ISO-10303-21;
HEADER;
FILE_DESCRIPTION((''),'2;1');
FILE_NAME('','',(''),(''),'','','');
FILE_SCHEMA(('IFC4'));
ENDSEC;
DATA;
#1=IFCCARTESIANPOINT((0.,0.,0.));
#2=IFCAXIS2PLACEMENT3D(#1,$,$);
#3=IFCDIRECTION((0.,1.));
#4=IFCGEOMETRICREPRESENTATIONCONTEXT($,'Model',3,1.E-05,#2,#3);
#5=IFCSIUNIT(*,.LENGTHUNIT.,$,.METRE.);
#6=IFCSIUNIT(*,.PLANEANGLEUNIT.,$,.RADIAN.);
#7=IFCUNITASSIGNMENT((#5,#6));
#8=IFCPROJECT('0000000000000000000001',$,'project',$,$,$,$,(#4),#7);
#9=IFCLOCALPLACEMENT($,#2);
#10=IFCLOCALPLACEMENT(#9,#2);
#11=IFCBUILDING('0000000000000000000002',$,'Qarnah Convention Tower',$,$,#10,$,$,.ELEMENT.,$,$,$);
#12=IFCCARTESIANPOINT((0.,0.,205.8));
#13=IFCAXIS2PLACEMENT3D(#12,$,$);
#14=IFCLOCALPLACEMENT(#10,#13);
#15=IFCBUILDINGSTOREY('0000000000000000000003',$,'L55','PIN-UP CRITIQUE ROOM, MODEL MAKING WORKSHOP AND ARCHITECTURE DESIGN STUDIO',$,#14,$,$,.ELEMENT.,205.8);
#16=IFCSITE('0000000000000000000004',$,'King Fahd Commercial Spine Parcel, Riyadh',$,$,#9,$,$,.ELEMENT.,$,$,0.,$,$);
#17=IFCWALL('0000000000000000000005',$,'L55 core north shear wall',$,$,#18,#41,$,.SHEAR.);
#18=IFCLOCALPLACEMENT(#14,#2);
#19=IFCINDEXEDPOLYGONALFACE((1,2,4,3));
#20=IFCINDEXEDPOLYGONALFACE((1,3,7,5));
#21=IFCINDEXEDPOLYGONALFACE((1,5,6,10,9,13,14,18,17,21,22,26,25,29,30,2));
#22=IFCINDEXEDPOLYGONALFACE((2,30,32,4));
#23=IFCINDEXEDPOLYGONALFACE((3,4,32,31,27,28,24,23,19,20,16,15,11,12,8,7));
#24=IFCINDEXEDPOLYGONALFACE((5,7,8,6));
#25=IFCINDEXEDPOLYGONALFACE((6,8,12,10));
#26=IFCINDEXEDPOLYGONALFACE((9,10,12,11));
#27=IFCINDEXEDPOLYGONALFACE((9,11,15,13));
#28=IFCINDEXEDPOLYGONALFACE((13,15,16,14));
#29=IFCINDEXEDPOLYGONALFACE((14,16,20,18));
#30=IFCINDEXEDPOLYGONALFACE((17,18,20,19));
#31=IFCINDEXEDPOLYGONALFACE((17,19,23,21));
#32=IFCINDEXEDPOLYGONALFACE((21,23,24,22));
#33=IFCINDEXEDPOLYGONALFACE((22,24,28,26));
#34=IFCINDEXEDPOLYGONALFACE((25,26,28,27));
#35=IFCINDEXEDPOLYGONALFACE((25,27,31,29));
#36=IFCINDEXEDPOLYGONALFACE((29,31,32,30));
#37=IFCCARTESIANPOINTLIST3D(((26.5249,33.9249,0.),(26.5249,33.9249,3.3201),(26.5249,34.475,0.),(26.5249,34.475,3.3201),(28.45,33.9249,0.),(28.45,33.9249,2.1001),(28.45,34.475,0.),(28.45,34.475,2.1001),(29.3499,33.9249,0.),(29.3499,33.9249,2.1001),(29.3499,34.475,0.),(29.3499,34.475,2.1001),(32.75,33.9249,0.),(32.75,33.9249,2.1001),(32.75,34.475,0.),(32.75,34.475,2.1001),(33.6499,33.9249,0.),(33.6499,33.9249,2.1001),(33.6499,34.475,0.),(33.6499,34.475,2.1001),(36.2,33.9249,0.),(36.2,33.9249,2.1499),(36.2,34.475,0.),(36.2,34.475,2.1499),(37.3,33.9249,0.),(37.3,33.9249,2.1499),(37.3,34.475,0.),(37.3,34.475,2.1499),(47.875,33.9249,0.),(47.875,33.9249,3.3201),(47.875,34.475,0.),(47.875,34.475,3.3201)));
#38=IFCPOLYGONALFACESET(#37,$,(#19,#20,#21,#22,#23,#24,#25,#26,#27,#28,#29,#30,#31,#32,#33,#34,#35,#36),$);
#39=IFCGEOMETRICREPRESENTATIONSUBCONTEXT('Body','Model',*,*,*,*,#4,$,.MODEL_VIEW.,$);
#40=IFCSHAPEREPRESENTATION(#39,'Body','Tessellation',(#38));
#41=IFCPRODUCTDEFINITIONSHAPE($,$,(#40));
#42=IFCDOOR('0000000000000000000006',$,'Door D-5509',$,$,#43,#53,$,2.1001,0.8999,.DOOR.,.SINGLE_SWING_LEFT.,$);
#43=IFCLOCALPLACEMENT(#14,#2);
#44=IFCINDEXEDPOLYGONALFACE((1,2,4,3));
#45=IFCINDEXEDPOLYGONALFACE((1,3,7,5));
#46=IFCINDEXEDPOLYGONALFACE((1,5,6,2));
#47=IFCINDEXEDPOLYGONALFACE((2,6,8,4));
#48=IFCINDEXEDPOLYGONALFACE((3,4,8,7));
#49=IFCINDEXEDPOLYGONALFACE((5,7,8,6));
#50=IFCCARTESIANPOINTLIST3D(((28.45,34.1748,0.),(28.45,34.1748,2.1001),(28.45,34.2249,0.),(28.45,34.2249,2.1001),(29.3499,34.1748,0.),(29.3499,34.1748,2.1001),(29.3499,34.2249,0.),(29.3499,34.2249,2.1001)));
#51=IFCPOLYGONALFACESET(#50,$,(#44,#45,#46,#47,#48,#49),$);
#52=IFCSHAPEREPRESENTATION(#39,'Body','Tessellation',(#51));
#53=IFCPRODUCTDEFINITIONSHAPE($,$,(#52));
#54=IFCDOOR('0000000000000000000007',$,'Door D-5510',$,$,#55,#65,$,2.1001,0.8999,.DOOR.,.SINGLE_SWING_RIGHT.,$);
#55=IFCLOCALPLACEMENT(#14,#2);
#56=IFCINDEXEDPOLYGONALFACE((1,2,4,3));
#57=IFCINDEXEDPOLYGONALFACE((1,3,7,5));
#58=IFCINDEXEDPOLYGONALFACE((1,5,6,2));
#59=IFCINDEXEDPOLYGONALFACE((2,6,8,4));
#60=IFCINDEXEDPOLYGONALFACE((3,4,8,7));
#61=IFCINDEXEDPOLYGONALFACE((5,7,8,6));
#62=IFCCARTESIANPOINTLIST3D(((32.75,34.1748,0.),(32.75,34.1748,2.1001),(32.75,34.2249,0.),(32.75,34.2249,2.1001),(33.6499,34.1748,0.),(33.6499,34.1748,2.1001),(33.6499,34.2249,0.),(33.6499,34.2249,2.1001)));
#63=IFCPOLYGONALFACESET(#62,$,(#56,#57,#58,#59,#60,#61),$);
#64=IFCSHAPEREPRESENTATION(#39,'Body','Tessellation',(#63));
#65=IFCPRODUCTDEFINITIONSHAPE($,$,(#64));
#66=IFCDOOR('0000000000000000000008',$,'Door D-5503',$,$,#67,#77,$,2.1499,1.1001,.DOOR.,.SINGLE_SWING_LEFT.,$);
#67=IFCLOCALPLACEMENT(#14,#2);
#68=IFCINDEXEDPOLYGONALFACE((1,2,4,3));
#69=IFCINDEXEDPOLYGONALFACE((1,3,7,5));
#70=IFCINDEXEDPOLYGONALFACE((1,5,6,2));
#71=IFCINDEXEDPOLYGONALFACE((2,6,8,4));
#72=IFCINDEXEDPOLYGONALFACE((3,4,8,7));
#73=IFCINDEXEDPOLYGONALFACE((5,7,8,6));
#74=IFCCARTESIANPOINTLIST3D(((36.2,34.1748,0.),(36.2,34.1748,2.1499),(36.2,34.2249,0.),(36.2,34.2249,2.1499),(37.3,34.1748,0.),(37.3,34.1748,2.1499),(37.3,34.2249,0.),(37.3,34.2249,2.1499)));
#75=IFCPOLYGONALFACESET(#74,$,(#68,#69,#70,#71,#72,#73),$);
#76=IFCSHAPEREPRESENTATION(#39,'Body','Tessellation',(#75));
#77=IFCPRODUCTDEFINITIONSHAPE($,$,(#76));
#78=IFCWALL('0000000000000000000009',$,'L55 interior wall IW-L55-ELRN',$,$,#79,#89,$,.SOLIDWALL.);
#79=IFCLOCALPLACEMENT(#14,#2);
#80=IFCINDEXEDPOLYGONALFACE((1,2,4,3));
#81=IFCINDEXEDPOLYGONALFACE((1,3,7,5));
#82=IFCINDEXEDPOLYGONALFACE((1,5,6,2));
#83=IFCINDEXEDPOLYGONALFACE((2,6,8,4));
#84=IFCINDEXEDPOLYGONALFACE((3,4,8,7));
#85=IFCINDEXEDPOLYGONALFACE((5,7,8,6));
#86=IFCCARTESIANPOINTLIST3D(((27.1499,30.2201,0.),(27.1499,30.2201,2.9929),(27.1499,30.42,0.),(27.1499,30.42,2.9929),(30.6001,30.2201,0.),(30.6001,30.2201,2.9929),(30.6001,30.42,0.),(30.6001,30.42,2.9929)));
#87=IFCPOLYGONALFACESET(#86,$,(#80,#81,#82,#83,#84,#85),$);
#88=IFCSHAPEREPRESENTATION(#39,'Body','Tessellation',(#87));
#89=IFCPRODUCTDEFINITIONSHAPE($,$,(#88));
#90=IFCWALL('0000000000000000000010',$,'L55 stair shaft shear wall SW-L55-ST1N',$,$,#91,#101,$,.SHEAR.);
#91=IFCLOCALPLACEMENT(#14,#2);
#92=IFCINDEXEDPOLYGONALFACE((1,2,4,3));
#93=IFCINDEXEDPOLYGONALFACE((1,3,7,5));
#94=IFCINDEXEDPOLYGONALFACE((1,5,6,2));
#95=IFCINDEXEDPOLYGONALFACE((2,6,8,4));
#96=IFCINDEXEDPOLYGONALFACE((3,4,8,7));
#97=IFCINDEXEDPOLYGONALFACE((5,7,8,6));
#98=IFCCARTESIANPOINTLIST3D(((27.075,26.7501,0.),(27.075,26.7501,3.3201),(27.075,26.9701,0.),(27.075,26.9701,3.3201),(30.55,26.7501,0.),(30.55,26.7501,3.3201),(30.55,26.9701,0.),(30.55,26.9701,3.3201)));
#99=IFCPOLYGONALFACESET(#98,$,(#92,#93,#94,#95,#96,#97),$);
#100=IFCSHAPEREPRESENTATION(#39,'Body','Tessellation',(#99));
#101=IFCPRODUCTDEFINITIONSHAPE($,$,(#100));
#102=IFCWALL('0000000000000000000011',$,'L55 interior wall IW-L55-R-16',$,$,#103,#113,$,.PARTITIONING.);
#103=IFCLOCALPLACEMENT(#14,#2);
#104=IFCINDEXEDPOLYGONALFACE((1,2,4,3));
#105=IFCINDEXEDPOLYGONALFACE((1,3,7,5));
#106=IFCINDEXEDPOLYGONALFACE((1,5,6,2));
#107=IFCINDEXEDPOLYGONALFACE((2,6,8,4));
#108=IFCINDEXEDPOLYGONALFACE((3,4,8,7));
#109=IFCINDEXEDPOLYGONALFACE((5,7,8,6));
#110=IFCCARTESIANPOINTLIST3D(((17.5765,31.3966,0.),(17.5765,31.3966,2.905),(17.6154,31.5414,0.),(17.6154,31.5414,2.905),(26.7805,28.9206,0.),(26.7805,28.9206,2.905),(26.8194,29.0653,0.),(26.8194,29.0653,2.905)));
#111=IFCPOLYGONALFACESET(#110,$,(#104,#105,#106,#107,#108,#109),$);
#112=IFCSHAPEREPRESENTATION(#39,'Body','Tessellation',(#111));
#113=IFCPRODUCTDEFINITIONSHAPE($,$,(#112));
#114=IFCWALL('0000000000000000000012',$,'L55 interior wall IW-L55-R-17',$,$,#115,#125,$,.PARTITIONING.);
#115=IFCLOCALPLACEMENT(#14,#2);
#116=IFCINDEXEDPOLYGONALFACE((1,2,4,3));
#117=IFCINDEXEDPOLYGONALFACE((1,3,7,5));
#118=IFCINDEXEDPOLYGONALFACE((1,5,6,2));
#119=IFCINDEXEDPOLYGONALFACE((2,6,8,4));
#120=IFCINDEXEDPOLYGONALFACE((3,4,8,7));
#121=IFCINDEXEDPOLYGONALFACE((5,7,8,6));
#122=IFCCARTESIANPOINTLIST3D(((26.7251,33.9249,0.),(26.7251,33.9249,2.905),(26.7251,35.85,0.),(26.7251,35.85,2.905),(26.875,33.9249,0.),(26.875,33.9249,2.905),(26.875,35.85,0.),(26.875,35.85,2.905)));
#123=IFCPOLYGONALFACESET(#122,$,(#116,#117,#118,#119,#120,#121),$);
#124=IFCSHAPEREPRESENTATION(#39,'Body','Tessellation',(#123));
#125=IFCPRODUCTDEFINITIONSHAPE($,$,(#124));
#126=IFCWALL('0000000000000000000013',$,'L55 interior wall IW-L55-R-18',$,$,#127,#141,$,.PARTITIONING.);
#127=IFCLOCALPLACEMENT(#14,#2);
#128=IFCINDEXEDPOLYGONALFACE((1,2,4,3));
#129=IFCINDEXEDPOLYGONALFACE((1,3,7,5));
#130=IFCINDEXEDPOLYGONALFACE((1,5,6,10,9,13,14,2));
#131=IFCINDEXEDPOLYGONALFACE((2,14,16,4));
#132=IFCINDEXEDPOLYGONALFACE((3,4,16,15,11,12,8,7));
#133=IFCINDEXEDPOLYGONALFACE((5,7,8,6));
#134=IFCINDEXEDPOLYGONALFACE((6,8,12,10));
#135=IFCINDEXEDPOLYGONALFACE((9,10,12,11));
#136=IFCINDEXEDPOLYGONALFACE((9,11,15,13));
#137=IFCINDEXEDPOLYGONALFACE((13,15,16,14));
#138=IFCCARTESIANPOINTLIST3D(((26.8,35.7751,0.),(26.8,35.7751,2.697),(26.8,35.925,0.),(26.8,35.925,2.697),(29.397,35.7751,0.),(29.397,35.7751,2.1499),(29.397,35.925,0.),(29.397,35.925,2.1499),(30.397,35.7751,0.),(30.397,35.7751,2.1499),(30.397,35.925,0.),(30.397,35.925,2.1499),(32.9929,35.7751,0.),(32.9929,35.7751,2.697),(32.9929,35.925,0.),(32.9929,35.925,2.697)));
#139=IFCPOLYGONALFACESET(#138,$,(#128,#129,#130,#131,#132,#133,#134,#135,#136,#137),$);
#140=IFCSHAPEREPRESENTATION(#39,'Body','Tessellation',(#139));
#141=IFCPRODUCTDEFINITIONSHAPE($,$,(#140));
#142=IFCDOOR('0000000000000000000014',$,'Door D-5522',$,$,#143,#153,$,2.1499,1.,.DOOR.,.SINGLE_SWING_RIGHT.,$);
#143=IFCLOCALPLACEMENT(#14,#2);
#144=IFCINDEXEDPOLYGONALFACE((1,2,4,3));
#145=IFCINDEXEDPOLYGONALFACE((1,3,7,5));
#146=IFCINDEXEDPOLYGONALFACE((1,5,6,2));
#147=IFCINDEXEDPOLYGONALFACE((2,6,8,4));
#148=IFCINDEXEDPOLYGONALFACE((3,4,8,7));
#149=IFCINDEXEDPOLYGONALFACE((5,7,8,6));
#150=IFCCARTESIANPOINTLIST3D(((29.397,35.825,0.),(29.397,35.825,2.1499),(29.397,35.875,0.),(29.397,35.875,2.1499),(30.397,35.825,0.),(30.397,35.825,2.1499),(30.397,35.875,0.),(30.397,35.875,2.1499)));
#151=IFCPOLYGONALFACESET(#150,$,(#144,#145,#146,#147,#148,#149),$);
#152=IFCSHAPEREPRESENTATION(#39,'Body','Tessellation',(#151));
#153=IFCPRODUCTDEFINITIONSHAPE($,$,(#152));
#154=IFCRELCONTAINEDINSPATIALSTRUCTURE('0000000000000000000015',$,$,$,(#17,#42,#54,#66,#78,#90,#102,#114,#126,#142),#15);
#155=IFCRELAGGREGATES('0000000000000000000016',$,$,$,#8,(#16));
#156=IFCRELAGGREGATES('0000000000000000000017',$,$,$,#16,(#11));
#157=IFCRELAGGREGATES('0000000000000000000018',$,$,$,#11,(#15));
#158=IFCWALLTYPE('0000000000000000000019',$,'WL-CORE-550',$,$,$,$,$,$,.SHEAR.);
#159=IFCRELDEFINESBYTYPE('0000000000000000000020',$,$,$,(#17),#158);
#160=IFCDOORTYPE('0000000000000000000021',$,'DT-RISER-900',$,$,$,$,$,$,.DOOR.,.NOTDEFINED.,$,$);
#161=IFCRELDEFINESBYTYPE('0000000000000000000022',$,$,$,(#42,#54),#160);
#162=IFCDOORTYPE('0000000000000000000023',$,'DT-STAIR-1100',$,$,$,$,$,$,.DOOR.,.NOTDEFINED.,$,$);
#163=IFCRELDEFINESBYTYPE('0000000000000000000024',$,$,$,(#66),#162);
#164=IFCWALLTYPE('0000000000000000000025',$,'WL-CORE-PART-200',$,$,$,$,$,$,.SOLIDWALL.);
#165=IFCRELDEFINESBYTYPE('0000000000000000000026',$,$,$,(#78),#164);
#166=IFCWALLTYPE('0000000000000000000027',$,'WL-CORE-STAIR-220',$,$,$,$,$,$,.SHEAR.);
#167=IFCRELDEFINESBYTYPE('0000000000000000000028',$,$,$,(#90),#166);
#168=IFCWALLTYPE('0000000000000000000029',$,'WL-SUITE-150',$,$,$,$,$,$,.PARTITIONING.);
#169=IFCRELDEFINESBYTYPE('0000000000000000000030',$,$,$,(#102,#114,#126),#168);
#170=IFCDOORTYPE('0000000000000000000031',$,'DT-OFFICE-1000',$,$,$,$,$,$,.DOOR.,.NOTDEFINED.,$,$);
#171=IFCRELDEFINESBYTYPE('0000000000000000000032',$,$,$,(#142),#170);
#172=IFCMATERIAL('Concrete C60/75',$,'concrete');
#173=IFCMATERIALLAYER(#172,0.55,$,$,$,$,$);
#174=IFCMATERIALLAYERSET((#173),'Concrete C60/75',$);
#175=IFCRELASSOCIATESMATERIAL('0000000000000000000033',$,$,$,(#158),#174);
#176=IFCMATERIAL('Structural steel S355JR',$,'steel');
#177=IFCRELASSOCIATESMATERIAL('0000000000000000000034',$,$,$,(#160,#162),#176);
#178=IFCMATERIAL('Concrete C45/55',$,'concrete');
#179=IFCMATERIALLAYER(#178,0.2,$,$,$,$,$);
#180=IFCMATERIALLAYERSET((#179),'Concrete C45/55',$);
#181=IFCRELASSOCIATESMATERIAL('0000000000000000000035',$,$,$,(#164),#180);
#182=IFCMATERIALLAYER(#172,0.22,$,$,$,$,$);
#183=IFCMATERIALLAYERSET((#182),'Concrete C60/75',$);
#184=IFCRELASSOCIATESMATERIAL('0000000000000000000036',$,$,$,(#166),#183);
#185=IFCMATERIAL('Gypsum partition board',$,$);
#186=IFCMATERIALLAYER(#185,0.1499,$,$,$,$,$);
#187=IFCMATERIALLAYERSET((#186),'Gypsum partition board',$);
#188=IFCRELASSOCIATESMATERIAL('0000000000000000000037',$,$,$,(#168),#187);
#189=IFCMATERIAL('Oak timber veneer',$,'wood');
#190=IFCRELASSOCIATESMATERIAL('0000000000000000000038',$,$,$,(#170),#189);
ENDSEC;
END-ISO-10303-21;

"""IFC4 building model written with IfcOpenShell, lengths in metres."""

from ifc_helpers import new_model, si_unit, direction, frame, frame_2d, origin, place, context, subcontext, project, spatial, rectangle, extrude, material, layer, layer_set, type_object, element, fill, save


model = new_model("IFC4")

# Units and contexts
model_context = context("Model", 3, precision=1e-05, world=origin(), true_north=direction((0.0, 1.0)))
body_context = subcontext(model_context, "Body", "Model", "MODEL_VIEW")
ifc_project = project(units=[si_unit("LENGTHUNIT", "METRE"), si_unit("PLANEANGLEUNIT", "RADIAN")], contexts=[model_context])

# Site, building, storey
site_placement = place(None, origin())
site = spatial("IfcSite", under=ifc_project, at=site_placement, Name="King Fahd Commercial Spine Parcel, Riyadh", CompositionType="ELEMENT", RefElevation=0.0)
building_placement = place(site_placement, origin())
building = spatial("IfcBuilding", under=site, at=building_placement, Name="Qarnah Convention Tower", CompositionType="ELEMENT")
storey_placement = place(building_placement, frame((0.0, 0.0, 205.8)))
storey = spatial("IfcBuildingStorey", under=building, at=storey_placement, Name="L55", Description="PIN-UP CRITIQUE ROOM, MODEL MAKING WORKSHOP AND ARCHITECTURE DESIGN STUDIO", CompositionType="ELEMENT", Elevation=205.8)

# Shared definitions
ifc_material_1 = material(Name="Structural steel S355JR", Category="steel")

# Wall, openings, doors
ifc_material_2 = material(Name="Concrete C60/75", Category="concrete")
ifc_layer_1 = layer(ifc_material_2, 0.55)
ifc_layer_set_1 = layer_set([ifc_layer_1], Name="Concrete C60/75")
wall_type_1 = type_object("IfcWallType", Name="WL-CORE-550", PredefinedType="SHEAR", material=ifc_layer_set_1)
wall_1_placement = place(storey_placement, frame((26.5249, 34.2, 0.0), z_axis=(0.0, 0.0, 1.0), x_axis=(1.0, 0.0, 0.0)))
wall_1 = element("IfcWall", 1, at=wall_1_placement, inside=storey, type_object=wall_type_1, Name="L55 core north shear wall", PredefinedType="SHEAR", context=body_context, shape_type="SweptSolid", body=[
    extrude(rectangle(XDim=21.3501, YDim=0.55, at=frame_2d((10.675, 0.0))), origin(), (0.0, 0.0, 1.0), 3.3201),
])
opening_1_placement = place(wall_1_placement, frame((9.675, 0.0, 0.0)))
opening_1 = element("IfcOpeningElement", 2, at=opening_1_placement, cuts=wall_1, PredefinedType="OPENING", context=body_context, shape_type="SweptSolid", body=[
    extrude(rectangle(XDim=1.1001, YDim=2.1499, at=frame_2d((0.55, 1.075))), frame((0.0, 0.2849, 0.0), z_axis=(0.0, -1.0, 0.0), x_axis=(1.0, 0.0, 0.0)), (0.0, 0.0, 1.0), 0.5701),
])
opening_2_placement = place(wall_1_placement, frame((1.925, 0.0, 0.0)))
opening_2 = element("IfcOpeningElement", 3, at=opening_2_placement, cuts=wall_1, PredefinedType="OPENING", context=body_context, shape_type="SweptSolid", body=[
    extrude(rectangle(XDim=0.8999, YDim=2.1001, at=frame_2d((0.45, 1.05))), frame((0.0, 0.2849, 0.0), z_axis=(0.0, -1.0, 0.0), x_axis=(1.0, 0.0, 0.0)), (0.0, 0.0, 1.0), 0.5701),
])
opening_3_placement = place(wall_1_placement, frame((6.2251, 0.0, 0.0)))
opening_3 = element("IfcOpeningElement", 4, at=opening_3_placement, cuts=wall_1, PredefinedType="OPENING", context=body_context, shape_type="SweptSolid", body=[
    extrude(rectangle(XDim=0.8999, YDim=2.1001, at=frame_2d((0.45, 1.05))), frame((0.0, 0.2849, 0.0), z_axis=(0.0, -1.0, 0.0), x_axis=(1.0, 0.0, 0.0)), (0.0, 0.0, 1.0), 0.5701),
])
door_type_1 = type_object("IfcDoorType", Name="DT-RISER-900", OperationType="NOTDEFINED", PredefinedType="DOOR", material=ifc_material_1)
door_1_placement = place(opening_2_placement, origin())
door_1 = element("IfcDoor", 5, at=door_1_placement, inside=storey, type_object=door_type_1, Name="Door D-5509", OperationType="SINGLE_SWING_LEFT", OverallHeight=2.1001, OverallWidth=0.8999, PredefinedType="DOOR", context=body_context, shape_type="SweptSolid", body=[
    extrude(rectangle(XDim=0.8999, YDim=2.1001, at=frame_2d((0.45, 1.05))), frame((0.0, 0.0249, 0.0), z_axis=(0.0, -1.0, 0.0), x_axis=(1.0, 0.0, 0.0)), (0.0, 0.0, 1.0), 0.05),
])
fill(opening_2, door_1)
door_2_placement = place(opening_3_placement, origin())
door_2 = element("IfcDoor", 6, at=door_2_placement, inside=storey, type_object=door_type_1, Name="Door D-5510", OperationType="SINGLE_SWING_RIGHT", OverallHeight=2.1001, OverallWidth=0.8999, PredefinedType="DOOR", context=body_context, shape_type="SweptSolid", body=[
    extrude(rectangle(XDim=0.8999, YDim=2.1001, at=frame_2d((0.45, 1.05))), frame((0.0, 0.0249, 0.0), z_axis=(0.0, -1.0, 0.0), x_axis=(1.0, 0.0, 0.0)), (0.0, 0.0, 1.0), 0.05),
])
fill(opening_3, door_2)
door_type_2 = type_object("IfcDoorType", Name="DT-STAIR-1100", OperationType="NOTDEFINED", PredefinedType="DOOR", material=ifc_material_1)
door_3_placement = place(opening_1_placement, origin())
door_3 = element("IfcDoor", 7, at=door_3_placement, inside=storey, type_object=door_type_2, Name="Door D-5503", OperationType="SINGLE_SWING_LEFT", OverallHeight=2.1499, OverallWidth=1.1001, PredefinedType="DOOR", context=body_context, shape_type="SweptSolid", body=[
    extrude(rectangle(XDim=1.1001, YDim=2.1499, at=frame_2d((0.55, 1.075))), frame((0.0, 0.0249, 0.0), z_axis=(0.0, -1.0, 0.0), x_axis=(1.0, 0.0, 0.0)), (0.0, 0.0, 1.0), 0.05),
])
fill(opening_1, door_3)

# Walls
ifc_material_3 = material(Name="Concrete C45/55", Category="concrete")
ifc_layer_2 = layer(ifc_material_3, 0.2)
ifc_layer_set_2 = layer_set([ifc_layer_2], Name="Concrete C45/55")
wall_type_2 = type_object("IfcWallType", Name="WL-CORE-PART-200", PredefinedType="SOLIDWALL", material=ifc_layer_set_2)
wall_2_placement = place(storey_placement, frame((27.1499, 30.3201, 0.0), z_axis=(0.0, 0.0, 1.0), x_axis=(1.0, 0.0, 0.0)))
element("IfcWall", 8, at=wall_2_placement, inside=storey, type_object=wall_type_2, Name="L55 interior wall IW-L55-ELRN", PredefinedType="SOLIDWALL", context=body_context, shape_type="SweptSolid", body=[
    extrude(rectangle(XDim=3.4502, YDim=0.2, at=frame_2d((1.7251, 0.0))), origin(), (0.0, 0.0, 1.0), 2.9929),
])
ifc_layer_3 = layer(ifc_material_2, 0.22)
ifc_layer_set_3 = layer_set([ifc_layer_3], Name="Concrete C60/75")
wall_type_3 = type_object("IfcWallType", Name="WL-CORE-STAIR-220", PredefinedType="SHEAR", material=ifc_layer_set_3)
wall_3_placement = place(storey_placement, frame((27.075, 26.8601, 0.0), z_axis=(0.0, 0.0, 1.0), x_axis=(1.0, 0.0, 0.0)))
element("IfcWall", 9, at=wall_3_placement, inside=storey, type_object=wall_type_3, Name="L55 stair shaft shear wall SW-L55-ST1N", PredefinedType="SHEAR", context=body_context, shape_type="SweptSolid", body=[
    extrude(rectangle(XDim=3.4751, YDim=0.22, at=frame_2d((1.7375, 0.0))), origin(), (0.0, 0.0, 1.0), 3.3201),
])
ifc_material_4 = material(Name="Gypsum partition board")
ifc_layer_4 = layer(ifc_material_4, 0.1499)
ifc_layer_set_4 = layer_set([ifc_layer_4], Name="Gypsum partition board")
wall_type_4 = type_object("IfcWallType", Name="WL-SUITE-150", PredefinedType="PARTITIONING", material=ifc_layer_set_4)
wall_4_placement = place(storey_placement, frame((17.5959, 31.469, 0.0), z_axis=(0.0, 0.0, 1.0), x_axis=(0.965667, -0.259782, 0.0)))
element("IfcWall", 10, at=wall_4_placement, inside=storey, type_object=wall_type_4, Name="L55 interior wall IW-L55-R-16", PredefinedType="PARTITIONING", context=body_context, shape_type="SweptSolid", body=[
    extrude(rectangle(XDim=9.5312, YDim=0.1499, at=frame_2d((4.7656, 0.0))), origin(), (0.0, 0.0, 1.0), 2.905),
])
wall_5_placement = place(storey_placement, frame((26.8, 33.925, 0.0), z_axis=(0.0, 0.0, 1.0), x_axis=(0.0, 1.0, 0.0)))
element("IfcWall", 11, at=wall_5_placement, inside=storey, type_object=wall_type_4, Name="L55 interior wall IW-L55-R-17", PredefinedType="PARTITIONING", context=body_context, shape_type="SweptSolid", body=[
    extrude(rectangle(XDim=1.925, YDim=0.1499, at=frame_2d((0.9624, 0.0))), origin(), (0.0, 0.0, 1.0), 2.905),
])

# Wall, opening, door
wall_6_placement = place(storey_placement, frame((26.8, 35.8501, 0.0), z_axis=(0.0, 0.0, 1.0), x_axis=(1.0, 0.0, 0.0)))
wall_6 = element("IfcWall", 12, at=wall_6_placement, inside=storey, type_object=wall_type_4, Name="L55 interior wall IW-L55-R-18", PredefinedType="PARTITIONING", context=body_context, shape_type="SweptSolid", body=[
    extrude(rectangle(XDim=6.1929, YDim=0.1499, at=frame_2d((3.0964, 0.0))), origin(), (0.0, 0.0, 1.0), 2.697),
])
opening_4_placement = place(wall_6_placement, frame((2.5969, 0.0, 0.0)))
opening_4 = element("IfcOpeningElement", 13, at=opening_4_placement, cuts=wall_6, PredefinedType="OPENING", context=body_context, shape_type="SweptSolid", body=[
    extrude(rectangle(XDim=1.0, YDim=2.1499, at=frame_2d((0.5, 1.075))), frame((0.0, 0.085, 0.0), z_axis=(0.0, -1.0, 0.0), x_axis=(1.0, 0.0, 0.0)), (0.0, 0.0, 1.0), 0.1699),
])
ifc_material_5 = material(Name="Oak timber veneer", Category="wood")
door_type_3 = type_object("IfcDoorType", Name="DT-OFFICE-1000", OperationType="NOTDEFINED", PredefinedType="DOOR", material=ifc_material_5)
door_4_placement = place(opening_4_placement, origin())
door_4 = element("IfcDoor", 14, at=door_4_placement, inside=storey, type_object=door_type_3, Name="Door D-5522", OperationType="SINGLE_SWING_RIGHT", OverallHeight=2.1499, OverallWidth=1.0, PredefinedType="DOOR", context=body_context, shape_type="SweptSolid", body=[
    extrude(rectangle(XDim=1.0, YDim=2.1499, at=frame_2d((0.5, 1.075))), frame((0.0, 0.0249, 0.0), z_axis=(0.0, -1.0, 0.0), x_axis=(1.0, 0.0, 0.0)), (0.0, 0.0, 1.0), 0.05),
])
fill(opening_4, door_4)

save(model, "model.ifc")
